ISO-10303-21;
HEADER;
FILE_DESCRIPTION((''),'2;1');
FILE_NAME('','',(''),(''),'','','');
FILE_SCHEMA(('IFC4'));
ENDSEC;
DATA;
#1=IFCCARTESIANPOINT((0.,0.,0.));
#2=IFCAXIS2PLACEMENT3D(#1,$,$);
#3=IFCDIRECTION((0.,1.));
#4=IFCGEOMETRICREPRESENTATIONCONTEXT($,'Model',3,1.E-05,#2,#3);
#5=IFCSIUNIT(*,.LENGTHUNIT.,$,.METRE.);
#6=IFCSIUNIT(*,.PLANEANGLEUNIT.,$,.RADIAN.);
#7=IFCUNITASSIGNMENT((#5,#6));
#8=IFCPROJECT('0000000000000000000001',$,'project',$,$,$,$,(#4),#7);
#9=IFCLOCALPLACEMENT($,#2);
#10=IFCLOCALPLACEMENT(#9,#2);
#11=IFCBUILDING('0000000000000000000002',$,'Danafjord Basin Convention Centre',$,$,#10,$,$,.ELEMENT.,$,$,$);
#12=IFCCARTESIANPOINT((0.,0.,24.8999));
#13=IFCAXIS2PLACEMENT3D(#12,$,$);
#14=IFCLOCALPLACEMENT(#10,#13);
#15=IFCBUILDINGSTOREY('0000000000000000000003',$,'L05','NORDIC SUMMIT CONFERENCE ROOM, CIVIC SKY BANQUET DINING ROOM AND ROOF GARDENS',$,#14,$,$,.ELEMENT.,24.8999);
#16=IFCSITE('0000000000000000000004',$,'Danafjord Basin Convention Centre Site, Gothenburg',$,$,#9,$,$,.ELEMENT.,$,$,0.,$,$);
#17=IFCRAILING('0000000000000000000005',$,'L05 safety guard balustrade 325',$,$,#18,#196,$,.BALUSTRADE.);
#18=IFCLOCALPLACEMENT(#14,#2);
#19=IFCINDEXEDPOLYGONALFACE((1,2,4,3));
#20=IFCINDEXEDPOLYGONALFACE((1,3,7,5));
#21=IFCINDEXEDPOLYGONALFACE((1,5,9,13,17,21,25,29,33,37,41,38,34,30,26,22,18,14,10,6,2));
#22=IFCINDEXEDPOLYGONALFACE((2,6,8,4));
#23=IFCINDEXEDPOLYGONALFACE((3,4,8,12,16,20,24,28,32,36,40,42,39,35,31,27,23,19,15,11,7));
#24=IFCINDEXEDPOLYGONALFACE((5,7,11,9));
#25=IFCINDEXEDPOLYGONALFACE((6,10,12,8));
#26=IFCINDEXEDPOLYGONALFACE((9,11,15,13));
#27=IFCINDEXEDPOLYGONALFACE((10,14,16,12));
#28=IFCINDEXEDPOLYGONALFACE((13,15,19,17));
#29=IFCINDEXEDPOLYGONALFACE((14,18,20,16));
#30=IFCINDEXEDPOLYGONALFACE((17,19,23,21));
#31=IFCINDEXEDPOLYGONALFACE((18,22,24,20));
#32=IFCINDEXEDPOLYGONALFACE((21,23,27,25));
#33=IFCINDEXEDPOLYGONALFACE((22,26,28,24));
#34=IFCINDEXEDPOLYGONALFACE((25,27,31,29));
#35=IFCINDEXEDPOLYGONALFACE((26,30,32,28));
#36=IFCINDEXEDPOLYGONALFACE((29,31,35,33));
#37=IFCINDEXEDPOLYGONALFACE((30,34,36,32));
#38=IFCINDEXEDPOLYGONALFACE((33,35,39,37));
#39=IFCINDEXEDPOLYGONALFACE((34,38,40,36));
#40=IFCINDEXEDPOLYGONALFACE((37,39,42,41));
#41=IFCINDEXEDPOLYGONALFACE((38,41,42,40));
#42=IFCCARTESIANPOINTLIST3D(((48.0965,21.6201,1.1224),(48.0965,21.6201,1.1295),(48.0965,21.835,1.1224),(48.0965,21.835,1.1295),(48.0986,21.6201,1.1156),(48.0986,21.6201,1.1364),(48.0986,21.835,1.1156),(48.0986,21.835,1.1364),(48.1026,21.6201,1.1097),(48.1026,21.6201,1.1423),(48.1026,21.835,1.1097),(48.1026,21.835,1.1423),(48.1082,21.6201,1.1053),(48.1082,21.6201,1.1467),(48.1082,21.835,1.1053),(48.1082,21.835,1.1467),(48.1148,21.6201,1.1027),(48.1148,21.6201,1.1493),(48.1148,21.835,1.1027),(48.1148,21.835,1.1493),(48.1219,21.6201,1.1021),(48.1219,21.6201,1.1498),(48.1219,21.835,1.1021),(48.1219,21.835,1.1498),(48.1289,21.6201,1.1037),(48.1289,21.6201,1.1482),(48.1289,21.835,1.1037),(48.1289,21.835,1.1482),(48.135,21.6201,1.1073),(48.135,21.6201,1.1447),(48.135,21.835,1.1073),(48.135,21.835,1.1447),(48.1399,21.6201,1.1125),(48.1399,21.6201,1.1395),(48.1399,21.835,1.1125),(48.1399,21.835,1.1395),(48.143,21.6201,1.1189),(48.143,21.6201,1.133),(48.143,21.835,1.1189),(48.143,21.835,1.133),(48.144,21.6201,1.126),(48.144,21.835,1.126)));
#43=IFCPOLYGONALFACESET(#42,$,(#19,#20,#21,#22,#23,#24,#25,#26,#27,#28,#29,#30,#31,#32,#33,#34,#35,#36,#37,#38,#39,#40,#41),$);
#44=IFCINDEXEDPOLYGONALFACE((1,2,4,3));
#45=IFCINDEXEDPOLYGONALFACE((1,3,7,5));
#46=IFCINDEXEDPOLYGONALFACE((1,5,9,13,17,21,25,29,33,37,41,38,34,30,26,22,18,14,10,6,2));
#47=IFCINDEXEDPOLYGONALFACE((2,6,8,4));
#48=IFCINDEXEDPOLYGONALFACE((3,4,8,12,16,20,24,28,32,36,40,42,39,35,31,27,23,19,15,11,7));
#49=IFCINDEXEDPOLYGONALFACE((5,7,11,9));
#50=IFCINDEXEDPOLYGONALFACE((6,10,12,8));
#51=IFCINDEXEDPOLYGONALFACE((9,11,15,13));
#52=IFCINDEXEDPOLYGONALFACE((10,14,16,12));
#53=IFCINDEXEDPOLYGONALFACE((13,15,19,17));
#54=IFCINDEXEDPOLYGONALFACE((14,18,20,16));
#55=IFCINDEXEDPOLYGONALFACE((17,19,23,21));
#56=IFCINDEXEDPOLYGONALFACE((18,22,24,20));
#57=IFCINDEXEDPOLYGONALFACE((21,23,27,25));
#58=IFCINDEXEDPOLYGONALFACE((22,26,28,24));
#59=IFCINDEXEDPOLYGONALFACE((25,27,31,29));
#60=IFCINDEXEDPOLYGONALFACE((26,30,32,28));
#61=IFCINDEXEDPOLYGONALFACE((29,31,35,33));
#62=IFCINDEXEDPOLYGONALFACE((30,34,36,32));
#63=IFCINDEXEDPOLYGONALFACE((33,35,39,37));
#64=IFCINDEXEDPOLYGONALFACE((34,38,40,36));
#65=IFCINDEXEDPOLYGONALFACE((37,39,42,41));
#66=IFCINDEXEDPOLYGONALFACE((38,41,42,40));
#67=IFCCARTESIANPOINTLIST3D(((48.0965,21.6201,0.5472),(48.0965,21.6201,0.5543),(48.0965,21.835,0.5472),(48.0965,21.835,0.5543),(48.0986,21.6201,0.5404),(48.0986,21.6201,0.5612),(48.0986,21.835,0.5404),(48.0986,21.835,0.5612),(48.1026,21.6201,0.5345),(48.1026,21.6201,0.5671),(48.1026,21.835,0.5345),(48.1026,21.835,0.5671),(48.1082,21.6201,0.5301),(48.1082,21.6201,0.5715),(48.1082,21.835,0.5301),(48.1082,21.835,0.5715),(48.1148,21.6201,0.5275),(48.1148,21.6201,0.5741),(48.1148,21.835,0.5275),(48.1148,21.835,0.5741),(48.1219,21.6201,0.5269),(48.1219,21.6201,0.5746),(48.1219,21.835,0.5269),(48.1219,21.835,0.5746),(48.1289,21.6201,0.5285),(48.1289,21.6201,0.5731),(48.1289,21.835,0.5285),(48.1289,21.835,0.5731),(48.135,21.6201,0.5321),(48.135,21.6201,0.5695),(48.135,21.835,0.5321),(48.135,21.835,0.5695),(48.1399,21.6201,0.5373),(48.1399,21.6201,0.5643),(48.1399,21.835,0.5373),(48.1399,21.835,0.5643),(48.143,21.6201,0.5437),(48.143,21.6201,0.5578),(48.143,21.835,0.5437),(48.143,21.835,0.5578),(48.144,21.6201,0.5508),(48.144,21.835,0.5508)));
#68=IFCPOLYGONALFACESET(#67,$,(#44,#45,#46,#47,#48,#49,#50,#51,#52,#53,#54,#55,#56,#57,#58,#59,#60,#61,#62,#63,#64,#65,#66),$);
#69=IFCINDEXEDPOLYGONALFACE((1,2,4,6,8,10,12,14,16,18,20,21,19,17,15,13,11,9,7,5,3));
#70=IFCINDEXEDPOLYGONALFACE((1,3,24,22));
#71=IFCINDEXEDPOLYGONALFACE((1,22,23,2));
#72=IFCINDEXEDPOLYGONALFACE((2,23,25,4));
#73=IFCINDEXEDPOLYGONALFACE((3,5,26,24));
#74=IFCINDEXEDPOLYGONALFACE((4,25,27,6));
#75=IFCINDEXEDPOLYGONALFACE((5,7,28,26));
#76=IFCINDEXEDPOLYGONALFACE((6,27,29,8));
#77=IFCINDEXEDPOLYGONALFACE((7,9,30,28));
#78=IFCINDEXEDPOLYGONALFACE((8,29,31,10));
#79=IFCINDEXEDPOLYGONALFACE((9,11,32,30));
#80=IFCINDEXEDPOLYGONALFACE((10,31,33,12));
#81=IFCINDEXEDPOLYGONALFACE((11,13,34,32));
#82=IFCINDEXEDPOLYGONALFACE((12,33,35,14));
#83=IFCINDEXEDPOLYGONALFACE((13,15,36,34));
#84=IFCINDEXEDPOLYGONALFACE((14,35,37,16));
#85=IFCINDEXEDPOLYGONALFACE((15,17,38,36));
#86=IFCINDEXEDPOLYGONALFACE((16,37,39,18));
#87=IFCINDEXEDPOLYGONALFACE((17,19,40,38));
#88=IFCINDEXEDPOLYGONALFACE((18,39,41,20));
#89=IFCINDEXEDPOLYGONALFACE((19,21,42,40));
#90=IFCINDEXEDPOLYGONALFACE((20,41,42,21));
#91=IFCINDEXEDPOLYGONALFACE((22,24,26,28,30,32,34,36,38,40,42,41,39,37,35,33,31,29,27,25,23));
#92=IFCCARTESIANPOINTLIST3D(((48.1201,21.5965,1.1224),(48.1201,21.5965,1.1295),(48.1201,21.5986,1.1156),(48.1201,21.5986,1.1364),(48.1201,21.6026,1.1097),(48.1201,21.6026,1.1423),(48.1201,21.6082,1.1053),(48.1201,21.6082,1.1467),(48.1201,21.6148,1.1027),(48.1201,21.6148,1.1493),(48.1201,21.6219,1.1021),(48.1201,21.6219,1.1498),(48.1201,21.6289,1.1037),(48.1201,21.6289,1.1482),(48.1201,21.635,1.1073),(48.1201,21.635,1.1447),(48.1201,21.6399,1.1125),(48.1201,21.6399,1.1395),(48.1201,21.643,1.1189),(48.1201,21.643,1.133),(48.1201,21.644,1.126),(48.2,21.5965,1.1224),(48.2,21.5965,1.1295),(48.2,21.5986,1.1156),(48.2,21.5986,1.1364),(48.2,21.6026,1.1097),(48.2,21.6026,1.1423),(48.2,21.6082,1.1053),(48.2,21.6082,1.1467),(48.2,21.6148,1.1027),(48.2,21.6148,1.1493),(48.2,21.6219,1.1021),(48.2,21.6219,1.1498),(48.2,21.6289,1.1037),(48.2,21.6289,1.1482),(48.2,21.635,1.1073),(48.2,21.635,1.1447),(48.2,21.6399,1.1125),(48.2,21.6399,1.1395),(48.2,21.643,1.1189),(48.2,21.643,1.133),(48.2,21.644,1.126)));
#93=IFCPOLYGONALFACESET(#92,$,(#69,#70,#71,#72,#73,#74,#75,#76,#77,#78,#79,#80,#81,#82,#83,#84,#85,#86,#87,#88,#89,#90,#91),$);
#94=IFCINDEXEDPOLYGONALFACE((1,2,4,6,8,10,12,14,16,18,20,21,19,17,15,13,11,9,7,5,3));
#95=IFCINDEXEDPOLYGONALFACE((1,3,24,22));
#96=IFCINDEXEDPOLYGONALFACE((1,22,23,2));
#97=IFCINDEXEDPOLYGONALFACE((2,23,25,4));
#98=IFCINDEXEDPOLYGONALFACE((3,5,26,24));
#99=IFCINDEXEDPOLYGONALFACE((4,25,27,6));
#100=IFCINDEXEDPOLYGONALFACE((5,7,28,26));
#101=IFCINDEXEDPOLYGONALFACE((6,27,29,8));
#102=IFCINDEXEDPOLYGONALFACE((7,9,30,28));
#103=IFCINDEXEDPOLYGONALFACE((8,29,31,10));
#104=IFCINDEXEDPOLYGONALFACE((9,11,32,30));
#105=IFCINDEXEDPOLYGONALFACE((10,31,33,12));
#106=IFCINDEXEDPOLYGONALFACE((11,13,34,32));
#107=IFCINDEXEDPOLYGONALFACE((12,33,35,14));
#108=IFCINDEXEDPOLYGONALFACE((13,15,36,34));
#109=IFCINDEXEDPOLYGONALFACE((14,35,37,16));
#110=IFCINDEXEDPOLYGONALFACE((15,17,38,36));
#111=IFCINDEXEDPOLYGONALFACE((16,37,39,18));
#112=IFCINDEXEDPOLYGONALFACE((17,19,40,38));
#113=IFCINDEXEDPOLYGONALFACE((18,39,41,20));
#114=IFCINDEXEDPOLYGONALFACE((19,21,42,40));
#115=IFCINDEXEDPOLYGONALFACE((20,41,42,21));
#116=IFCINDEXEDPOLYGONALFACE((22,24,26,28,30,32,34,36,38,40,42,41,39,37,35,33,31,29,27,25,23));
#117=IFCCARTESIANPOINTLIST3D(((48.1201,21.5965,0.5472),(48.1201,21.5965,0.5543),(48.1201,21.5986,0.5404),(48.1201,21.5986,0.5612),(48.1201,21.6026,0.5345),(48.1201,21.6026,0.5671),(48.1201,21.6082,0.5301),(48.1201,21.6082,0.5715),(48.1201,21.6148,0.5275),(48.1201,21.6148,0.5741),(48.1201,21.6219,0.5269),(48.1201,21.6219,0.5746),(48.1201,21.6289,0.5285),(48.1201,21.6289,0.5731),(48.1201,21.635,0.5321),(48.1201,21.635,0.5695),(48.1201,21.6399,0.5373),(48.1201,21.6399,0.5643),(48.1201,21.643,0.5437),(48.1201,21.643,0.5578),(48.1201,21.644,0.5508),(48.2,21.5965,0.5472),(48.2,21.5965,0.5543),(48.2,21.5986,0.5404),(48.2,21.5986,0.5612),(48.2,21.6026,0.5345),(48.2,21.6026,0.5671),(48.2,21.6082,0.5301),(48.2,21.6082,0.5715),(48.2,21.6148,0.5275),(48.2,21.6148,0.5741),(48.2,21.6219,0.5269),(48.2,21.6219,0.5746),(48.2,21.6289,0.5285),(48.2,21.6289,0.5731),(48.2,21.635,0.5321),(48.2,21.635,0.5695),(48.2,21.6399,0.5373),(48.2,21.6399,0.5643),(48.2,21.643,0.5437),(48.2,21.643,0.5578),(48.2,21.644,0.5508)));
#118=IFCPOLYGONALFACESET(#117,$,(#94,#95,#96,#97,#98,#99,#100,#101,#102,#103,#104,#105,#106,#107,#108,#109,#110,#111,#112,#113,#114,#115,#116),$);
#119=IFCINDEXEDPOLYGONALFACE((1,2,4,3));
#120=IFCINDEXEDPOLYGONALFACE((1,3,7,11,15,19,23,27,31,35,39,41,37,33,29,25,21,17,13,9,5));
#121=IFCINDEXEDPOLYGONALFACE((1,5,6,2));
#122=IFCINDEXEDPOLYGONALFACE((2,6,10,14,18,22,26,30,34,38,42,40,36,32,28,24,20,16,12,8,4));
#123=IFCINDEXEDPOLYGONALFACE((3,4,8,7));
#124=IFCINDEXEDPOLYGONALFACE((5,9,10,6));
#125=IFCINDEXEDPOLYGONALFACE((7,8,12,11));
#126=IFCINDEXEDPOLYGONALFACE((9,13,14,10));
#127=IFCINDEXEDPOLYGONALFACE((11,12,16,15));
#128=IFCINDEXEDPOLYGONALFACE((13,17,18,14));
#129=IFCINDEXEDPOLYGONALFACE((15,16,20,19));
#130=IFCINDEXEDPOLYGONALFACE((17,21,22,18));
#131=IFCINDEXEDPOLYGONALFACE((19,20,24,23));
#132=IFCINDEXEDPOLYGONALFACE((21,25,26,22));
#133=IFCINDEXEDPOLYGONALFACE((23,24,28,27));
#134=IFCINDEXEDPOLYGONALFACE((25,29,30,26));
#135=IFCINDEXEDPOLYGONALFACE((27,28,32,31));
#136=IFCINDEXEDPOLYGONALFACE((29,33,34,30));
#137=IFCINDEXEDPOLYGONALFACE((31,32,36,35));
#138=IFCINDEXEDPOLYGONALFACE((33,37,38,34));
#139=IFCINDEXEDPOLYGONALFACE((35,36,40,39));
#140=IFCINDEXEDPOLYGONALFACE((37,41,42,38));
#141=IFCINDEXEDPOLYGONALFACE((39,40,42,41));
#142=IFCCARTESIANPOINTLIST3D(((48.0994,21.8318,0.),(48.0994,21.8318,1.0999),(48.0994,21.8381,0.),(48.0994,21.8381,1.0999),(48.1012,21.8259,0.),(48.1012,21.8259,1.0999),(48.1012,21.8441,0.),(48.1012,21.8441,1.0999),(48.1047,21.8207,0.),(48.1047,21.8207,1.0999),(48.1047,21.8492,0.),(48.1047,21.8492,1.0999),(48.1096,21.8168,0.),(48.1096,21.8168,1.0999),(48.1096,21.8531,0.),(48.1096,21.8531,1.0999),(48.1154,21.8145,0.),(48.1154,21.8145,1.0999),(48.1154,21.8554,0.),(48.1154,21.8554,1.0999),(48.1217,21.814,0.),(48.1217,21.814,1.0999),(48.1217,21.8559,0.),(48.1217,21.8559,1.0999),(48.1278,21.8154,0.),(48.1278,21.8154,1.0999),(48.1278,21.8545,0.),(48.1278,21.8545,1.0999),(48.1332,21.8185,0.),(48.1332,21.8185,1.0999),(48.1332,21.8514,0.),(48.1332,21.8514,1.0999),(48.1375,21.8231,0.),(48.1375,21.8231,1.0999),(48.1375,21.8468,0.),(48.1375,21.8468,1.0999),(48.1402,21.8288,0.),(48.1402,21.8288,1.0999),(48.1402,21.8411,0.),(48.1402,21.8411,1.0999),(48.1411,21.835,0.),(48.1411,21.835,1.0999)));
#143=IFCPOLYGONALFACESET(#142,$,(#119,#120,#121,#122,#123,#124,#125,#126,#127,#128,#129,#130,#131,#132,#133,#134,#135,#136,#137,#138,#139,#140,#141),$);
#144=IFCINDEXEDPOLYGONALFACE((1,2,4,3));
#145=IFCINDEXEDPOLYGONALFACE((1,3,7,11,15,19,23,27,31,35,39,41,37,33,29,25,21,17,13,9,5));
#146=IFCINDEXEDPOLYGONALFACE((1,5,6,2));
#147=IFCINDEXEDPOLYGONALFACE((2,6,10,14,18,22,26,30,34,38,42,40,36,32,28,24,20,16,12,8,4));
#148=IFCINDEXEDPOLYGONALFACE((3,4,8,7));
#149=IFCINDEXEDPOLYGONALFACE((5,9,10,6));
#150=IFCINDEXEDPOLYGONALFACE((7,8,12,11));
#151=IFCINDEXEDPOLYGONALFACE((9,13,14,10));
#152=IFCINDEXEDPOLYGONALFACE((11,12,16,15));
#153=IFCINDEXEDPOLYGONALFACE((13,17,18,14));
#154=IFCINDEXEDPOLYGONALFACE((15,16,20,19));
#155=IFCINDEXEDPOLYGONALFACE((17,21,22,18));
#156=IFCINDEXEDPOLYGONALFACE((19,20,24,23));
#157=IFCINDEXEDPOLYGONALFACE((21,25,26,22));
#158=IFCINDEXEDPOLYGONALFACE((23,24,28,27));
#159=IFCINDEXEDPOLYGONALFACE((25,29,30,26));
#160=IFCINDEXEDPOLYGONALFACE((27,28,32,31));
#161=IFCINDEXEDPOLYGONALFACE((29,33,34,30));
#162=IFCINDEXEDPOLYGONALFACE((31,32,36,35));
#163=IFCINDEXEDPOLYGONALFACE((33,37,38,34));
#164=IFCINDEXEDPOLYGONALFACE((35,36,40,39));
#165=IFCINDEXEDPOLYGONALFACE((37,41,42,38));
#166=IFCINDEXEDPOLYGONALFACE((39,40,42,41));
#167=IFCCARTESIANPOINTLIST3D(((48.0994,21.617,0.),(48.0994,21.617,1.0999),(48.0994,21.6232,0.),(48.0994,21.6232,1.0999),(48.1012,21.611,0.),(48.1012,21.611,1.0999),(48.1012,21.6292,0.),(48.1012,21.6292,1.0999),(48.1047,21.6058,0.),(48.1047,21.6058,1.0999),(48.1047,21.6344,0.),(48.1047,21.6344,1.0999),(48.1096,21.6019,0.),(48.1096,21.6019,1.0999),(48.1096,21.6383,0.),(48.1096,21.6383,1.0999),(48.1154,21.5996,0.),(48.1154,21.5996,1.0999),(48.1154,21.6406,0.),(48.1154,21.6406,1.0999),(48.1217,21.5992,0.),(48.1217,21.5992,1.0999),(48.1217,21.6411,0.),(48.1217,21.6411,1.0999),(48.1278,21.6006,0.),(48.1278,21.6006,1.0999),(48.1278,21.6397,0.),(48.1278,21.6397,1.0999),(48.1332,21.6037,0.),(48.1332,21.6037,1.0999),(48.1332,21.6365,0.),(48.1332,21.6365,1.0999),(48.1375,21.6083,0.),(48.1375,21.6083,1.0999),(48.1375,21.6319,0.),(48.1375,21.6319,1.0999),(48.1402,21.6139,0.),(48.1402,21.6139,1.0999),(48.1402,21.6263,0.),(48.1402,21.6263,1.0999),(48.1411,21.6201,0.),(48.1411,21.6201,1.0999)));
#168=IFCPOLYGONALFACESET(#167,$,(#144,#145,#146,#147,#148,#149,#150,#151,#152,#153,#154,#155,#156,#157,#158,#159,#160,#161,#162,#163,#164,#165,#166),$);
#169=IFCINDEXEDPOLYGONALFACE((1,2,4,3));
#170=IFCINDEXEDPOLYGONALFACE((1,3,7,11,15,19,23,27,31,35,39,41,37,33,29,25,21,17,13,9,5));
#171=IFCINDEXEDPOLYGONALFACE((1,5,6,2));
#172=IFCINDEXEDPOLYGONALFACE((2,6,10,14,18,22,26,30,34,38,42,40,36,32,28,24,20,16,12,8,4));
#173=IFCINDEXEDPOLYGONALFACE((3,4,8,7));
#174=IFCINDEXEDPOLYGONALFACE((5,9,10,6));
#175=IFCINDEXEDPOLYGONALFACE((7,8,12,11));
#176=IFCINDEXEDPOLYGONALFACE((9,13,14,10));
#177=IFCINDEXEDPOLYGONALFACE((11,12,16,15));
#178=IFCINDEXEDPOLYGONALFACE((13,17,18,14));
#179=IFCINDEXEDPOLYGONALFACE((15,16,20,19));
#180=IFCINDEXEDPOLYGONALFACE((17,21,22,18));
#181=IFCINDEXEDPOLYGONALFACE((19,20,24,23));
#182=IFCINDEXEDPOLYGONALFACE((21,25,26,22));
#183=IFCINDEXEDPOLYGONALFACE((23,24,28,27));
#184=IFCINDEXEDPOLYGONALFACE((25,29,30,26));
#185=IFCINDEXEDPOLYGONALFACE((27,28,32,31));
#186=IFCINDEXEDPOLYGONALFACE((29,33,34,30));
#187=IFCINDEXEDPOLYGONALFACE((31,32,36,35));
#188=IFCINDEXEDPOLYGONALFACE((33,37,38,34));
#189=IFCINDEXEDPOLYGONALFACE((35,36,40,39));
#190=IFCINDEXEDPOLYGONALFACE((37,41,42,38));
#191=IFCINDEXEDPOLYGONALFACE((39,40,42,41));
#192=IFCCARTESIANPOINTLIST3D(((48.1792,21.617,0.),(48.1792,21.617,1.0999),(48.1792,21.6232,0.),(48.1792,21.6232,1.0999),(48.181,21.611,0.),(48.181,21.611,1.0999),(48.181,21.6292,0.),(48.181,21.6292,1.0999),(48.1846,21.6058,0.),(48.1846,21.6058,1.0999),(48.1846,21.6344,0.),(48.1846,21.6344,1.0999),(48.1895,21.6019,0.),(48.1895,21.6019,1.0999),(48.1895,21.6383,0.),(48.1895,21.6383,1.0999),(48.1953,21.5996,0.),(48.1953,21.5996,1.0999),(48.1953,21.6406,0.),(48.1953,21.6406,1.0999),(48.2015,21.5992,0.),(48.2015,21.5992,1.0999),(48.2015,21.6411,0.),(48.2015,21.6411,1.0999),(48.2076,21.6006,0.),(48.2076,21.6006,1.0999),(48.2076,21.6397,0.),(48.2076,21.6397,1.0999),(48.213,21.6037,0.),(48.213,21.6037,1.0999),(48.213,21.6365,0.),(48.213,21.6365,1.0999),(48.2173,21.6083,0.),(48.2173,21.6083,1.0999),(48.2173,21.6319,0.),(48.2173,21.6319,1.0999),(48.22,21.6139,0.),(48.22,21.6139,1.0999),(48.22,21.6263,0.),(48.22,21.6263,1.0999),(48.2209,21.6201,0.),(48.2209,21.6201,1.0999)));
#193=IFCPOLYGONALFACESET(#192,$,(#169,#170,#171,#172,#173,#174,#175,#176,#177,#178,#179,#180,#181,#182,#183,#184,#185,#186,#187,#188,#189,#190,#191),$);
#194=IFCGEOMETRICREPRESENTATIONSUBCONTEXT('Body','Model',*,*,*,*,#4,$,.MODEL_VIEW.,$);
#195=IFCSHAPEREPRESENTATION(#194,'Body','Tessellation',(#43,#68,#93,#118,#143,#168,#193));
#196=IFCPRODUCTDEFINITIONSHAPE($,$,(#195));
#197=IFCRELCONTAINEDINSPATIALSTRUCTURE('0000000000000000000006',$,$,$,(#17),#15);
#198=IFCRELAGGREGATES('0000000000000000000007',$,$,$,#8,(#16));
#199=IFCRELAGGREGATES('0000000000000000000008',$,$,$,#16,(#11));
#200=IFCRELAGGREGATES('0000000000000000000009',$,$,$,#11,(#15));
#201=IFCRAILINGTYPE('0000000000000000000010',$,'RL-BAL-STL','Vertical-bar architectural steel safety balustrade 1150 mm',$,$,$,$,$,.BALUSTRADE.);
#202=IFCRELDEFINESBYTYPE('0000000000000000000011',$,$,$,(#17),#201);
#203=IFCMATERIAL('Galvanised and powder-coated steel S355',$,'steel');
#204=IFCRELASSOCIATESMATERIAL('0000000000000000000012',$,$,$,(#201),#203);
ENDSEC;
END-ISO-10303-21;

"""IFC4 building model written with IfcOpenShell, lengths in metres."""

from ifc_helpers import new_model, si_unit, direction, frame, origin, origin_2d, place, context, subcontext, project, spatial, circle, extrude, material, type_object, element, save


model = new_model("IFC4")

# Units and contexts
model_context = context("Model", 3, precision=1e-05, world=origin(), true_north=direction((0.0, 1.0)))
body_context = subcontext(model_context, "Body", "Model", "MODEL_VIEW")
ifc_project = project(units=[si_unit("LENGTHUNIT", "METRE"), si_unit("PLANEANGLEUNIT", "RADIAN")], contexts=[model_context])

# Site, building, storey
site_placement = place(None, origin())
site = spatial("IfcSite", under=ifc_project, at=site_placement, Name="Danafjord Basin Convention Centre Site, Gothenburg", CompositionType="ELEMENT", RefElevation=0.0)
building_placement = place(site_placement, origin())
building = spatial("IfcBuilding", under=site, at=building_placement, Name="Danafjord Basin Convention Centre", CompositionType="ELEMENT")
storey_placement = place(building_placement, frame((0.0, 0.0, 24.8999)))
storey = spatial("IfcBuildingStorey", under=building, at=storey_placement, Name="L05", Description="NORDIC SUMMIT CONFERENCE ROOM, CIVIC SKY BANQUET DINING ROOM AND ROOF GARDENS", CompositionType="ELEMENT", Elevation=24.8999)

# Railing
ifc_material_1 = material(Name="Galvanised and powder-coated steel S355", Category="steel")
railing_type_1 = type_object("IfcRailingType", Name="RL-BAL-STL", Description="Vertical-bar architectural steel safety balustrade 1150 mm", PredefinedType="BALUSTRADE", material=ifc_material_1)
railing_1_placement = place(storey_placement, frame((48.1201, 21.835, 0.0)))
element("IfcRailing", 1, at=railing_1_placement, inside=storey, type_object=railing_type_1, Name="L05 safety guard balustrade 325", PredefinedType="BALUSTRADE", context=body_context, shape_type="SweptSolid", body=[
    extrude(circle(Radius=0.0239, at=origin_2d()), frame((0.0, 0.0, 1.126), z_axis=(0.0, -1.0, 0.0), x_axis=(1.0, 0.0, 0.0)), (0.0, 0.0, 1.0), 0.2148),
    extrude(circle(Radius=0.0239, at=origin_2d()), frame((0.0, 0.0, 0.5508), z_axis=(0.0, -1.0, 0.0), x_axis=(1.0, 0.0, 0.0)), (0.0, 0.0, 1.0), 0.2148),
    extrude(circle(Radius=0.0239, at=origin_2d()), frame((0.0, -0.2148, 1.126), z_axis=(1.0, 0.0, 0.0), x_axis=(0.0, 1.0, 0.0)), (0.0, 0.0, 1.0), 0.0798),
    extrude(circle(Radius=0.0239, at=origin_2d()), frame((0.0, -0.2148, 0.5508), z_axis=(1.0, 0.0, 0.0), x_axis=(0.0, 1.0, 0.0)), (0.0, 0.0, 1.0), 0.0798),
    extrude(circle(Radius=0.021, at=origin_2d()), origin(), (0.0, 0.0, 1.0), 1.0999),
    extrude(circle(Radius=0.021, at=origin_2d()), frame((0.0, -0.2148, 0.0)), (0.0, 0.0, 1.0), 1.0999),
    extrude(circle(Radius=0.021, at=origin_2d()), frame((0.0798, -0.2148, 0.0)), (0.0, 0.0, 1.0), 1.0999),
])

save(model, "model.ifc")
